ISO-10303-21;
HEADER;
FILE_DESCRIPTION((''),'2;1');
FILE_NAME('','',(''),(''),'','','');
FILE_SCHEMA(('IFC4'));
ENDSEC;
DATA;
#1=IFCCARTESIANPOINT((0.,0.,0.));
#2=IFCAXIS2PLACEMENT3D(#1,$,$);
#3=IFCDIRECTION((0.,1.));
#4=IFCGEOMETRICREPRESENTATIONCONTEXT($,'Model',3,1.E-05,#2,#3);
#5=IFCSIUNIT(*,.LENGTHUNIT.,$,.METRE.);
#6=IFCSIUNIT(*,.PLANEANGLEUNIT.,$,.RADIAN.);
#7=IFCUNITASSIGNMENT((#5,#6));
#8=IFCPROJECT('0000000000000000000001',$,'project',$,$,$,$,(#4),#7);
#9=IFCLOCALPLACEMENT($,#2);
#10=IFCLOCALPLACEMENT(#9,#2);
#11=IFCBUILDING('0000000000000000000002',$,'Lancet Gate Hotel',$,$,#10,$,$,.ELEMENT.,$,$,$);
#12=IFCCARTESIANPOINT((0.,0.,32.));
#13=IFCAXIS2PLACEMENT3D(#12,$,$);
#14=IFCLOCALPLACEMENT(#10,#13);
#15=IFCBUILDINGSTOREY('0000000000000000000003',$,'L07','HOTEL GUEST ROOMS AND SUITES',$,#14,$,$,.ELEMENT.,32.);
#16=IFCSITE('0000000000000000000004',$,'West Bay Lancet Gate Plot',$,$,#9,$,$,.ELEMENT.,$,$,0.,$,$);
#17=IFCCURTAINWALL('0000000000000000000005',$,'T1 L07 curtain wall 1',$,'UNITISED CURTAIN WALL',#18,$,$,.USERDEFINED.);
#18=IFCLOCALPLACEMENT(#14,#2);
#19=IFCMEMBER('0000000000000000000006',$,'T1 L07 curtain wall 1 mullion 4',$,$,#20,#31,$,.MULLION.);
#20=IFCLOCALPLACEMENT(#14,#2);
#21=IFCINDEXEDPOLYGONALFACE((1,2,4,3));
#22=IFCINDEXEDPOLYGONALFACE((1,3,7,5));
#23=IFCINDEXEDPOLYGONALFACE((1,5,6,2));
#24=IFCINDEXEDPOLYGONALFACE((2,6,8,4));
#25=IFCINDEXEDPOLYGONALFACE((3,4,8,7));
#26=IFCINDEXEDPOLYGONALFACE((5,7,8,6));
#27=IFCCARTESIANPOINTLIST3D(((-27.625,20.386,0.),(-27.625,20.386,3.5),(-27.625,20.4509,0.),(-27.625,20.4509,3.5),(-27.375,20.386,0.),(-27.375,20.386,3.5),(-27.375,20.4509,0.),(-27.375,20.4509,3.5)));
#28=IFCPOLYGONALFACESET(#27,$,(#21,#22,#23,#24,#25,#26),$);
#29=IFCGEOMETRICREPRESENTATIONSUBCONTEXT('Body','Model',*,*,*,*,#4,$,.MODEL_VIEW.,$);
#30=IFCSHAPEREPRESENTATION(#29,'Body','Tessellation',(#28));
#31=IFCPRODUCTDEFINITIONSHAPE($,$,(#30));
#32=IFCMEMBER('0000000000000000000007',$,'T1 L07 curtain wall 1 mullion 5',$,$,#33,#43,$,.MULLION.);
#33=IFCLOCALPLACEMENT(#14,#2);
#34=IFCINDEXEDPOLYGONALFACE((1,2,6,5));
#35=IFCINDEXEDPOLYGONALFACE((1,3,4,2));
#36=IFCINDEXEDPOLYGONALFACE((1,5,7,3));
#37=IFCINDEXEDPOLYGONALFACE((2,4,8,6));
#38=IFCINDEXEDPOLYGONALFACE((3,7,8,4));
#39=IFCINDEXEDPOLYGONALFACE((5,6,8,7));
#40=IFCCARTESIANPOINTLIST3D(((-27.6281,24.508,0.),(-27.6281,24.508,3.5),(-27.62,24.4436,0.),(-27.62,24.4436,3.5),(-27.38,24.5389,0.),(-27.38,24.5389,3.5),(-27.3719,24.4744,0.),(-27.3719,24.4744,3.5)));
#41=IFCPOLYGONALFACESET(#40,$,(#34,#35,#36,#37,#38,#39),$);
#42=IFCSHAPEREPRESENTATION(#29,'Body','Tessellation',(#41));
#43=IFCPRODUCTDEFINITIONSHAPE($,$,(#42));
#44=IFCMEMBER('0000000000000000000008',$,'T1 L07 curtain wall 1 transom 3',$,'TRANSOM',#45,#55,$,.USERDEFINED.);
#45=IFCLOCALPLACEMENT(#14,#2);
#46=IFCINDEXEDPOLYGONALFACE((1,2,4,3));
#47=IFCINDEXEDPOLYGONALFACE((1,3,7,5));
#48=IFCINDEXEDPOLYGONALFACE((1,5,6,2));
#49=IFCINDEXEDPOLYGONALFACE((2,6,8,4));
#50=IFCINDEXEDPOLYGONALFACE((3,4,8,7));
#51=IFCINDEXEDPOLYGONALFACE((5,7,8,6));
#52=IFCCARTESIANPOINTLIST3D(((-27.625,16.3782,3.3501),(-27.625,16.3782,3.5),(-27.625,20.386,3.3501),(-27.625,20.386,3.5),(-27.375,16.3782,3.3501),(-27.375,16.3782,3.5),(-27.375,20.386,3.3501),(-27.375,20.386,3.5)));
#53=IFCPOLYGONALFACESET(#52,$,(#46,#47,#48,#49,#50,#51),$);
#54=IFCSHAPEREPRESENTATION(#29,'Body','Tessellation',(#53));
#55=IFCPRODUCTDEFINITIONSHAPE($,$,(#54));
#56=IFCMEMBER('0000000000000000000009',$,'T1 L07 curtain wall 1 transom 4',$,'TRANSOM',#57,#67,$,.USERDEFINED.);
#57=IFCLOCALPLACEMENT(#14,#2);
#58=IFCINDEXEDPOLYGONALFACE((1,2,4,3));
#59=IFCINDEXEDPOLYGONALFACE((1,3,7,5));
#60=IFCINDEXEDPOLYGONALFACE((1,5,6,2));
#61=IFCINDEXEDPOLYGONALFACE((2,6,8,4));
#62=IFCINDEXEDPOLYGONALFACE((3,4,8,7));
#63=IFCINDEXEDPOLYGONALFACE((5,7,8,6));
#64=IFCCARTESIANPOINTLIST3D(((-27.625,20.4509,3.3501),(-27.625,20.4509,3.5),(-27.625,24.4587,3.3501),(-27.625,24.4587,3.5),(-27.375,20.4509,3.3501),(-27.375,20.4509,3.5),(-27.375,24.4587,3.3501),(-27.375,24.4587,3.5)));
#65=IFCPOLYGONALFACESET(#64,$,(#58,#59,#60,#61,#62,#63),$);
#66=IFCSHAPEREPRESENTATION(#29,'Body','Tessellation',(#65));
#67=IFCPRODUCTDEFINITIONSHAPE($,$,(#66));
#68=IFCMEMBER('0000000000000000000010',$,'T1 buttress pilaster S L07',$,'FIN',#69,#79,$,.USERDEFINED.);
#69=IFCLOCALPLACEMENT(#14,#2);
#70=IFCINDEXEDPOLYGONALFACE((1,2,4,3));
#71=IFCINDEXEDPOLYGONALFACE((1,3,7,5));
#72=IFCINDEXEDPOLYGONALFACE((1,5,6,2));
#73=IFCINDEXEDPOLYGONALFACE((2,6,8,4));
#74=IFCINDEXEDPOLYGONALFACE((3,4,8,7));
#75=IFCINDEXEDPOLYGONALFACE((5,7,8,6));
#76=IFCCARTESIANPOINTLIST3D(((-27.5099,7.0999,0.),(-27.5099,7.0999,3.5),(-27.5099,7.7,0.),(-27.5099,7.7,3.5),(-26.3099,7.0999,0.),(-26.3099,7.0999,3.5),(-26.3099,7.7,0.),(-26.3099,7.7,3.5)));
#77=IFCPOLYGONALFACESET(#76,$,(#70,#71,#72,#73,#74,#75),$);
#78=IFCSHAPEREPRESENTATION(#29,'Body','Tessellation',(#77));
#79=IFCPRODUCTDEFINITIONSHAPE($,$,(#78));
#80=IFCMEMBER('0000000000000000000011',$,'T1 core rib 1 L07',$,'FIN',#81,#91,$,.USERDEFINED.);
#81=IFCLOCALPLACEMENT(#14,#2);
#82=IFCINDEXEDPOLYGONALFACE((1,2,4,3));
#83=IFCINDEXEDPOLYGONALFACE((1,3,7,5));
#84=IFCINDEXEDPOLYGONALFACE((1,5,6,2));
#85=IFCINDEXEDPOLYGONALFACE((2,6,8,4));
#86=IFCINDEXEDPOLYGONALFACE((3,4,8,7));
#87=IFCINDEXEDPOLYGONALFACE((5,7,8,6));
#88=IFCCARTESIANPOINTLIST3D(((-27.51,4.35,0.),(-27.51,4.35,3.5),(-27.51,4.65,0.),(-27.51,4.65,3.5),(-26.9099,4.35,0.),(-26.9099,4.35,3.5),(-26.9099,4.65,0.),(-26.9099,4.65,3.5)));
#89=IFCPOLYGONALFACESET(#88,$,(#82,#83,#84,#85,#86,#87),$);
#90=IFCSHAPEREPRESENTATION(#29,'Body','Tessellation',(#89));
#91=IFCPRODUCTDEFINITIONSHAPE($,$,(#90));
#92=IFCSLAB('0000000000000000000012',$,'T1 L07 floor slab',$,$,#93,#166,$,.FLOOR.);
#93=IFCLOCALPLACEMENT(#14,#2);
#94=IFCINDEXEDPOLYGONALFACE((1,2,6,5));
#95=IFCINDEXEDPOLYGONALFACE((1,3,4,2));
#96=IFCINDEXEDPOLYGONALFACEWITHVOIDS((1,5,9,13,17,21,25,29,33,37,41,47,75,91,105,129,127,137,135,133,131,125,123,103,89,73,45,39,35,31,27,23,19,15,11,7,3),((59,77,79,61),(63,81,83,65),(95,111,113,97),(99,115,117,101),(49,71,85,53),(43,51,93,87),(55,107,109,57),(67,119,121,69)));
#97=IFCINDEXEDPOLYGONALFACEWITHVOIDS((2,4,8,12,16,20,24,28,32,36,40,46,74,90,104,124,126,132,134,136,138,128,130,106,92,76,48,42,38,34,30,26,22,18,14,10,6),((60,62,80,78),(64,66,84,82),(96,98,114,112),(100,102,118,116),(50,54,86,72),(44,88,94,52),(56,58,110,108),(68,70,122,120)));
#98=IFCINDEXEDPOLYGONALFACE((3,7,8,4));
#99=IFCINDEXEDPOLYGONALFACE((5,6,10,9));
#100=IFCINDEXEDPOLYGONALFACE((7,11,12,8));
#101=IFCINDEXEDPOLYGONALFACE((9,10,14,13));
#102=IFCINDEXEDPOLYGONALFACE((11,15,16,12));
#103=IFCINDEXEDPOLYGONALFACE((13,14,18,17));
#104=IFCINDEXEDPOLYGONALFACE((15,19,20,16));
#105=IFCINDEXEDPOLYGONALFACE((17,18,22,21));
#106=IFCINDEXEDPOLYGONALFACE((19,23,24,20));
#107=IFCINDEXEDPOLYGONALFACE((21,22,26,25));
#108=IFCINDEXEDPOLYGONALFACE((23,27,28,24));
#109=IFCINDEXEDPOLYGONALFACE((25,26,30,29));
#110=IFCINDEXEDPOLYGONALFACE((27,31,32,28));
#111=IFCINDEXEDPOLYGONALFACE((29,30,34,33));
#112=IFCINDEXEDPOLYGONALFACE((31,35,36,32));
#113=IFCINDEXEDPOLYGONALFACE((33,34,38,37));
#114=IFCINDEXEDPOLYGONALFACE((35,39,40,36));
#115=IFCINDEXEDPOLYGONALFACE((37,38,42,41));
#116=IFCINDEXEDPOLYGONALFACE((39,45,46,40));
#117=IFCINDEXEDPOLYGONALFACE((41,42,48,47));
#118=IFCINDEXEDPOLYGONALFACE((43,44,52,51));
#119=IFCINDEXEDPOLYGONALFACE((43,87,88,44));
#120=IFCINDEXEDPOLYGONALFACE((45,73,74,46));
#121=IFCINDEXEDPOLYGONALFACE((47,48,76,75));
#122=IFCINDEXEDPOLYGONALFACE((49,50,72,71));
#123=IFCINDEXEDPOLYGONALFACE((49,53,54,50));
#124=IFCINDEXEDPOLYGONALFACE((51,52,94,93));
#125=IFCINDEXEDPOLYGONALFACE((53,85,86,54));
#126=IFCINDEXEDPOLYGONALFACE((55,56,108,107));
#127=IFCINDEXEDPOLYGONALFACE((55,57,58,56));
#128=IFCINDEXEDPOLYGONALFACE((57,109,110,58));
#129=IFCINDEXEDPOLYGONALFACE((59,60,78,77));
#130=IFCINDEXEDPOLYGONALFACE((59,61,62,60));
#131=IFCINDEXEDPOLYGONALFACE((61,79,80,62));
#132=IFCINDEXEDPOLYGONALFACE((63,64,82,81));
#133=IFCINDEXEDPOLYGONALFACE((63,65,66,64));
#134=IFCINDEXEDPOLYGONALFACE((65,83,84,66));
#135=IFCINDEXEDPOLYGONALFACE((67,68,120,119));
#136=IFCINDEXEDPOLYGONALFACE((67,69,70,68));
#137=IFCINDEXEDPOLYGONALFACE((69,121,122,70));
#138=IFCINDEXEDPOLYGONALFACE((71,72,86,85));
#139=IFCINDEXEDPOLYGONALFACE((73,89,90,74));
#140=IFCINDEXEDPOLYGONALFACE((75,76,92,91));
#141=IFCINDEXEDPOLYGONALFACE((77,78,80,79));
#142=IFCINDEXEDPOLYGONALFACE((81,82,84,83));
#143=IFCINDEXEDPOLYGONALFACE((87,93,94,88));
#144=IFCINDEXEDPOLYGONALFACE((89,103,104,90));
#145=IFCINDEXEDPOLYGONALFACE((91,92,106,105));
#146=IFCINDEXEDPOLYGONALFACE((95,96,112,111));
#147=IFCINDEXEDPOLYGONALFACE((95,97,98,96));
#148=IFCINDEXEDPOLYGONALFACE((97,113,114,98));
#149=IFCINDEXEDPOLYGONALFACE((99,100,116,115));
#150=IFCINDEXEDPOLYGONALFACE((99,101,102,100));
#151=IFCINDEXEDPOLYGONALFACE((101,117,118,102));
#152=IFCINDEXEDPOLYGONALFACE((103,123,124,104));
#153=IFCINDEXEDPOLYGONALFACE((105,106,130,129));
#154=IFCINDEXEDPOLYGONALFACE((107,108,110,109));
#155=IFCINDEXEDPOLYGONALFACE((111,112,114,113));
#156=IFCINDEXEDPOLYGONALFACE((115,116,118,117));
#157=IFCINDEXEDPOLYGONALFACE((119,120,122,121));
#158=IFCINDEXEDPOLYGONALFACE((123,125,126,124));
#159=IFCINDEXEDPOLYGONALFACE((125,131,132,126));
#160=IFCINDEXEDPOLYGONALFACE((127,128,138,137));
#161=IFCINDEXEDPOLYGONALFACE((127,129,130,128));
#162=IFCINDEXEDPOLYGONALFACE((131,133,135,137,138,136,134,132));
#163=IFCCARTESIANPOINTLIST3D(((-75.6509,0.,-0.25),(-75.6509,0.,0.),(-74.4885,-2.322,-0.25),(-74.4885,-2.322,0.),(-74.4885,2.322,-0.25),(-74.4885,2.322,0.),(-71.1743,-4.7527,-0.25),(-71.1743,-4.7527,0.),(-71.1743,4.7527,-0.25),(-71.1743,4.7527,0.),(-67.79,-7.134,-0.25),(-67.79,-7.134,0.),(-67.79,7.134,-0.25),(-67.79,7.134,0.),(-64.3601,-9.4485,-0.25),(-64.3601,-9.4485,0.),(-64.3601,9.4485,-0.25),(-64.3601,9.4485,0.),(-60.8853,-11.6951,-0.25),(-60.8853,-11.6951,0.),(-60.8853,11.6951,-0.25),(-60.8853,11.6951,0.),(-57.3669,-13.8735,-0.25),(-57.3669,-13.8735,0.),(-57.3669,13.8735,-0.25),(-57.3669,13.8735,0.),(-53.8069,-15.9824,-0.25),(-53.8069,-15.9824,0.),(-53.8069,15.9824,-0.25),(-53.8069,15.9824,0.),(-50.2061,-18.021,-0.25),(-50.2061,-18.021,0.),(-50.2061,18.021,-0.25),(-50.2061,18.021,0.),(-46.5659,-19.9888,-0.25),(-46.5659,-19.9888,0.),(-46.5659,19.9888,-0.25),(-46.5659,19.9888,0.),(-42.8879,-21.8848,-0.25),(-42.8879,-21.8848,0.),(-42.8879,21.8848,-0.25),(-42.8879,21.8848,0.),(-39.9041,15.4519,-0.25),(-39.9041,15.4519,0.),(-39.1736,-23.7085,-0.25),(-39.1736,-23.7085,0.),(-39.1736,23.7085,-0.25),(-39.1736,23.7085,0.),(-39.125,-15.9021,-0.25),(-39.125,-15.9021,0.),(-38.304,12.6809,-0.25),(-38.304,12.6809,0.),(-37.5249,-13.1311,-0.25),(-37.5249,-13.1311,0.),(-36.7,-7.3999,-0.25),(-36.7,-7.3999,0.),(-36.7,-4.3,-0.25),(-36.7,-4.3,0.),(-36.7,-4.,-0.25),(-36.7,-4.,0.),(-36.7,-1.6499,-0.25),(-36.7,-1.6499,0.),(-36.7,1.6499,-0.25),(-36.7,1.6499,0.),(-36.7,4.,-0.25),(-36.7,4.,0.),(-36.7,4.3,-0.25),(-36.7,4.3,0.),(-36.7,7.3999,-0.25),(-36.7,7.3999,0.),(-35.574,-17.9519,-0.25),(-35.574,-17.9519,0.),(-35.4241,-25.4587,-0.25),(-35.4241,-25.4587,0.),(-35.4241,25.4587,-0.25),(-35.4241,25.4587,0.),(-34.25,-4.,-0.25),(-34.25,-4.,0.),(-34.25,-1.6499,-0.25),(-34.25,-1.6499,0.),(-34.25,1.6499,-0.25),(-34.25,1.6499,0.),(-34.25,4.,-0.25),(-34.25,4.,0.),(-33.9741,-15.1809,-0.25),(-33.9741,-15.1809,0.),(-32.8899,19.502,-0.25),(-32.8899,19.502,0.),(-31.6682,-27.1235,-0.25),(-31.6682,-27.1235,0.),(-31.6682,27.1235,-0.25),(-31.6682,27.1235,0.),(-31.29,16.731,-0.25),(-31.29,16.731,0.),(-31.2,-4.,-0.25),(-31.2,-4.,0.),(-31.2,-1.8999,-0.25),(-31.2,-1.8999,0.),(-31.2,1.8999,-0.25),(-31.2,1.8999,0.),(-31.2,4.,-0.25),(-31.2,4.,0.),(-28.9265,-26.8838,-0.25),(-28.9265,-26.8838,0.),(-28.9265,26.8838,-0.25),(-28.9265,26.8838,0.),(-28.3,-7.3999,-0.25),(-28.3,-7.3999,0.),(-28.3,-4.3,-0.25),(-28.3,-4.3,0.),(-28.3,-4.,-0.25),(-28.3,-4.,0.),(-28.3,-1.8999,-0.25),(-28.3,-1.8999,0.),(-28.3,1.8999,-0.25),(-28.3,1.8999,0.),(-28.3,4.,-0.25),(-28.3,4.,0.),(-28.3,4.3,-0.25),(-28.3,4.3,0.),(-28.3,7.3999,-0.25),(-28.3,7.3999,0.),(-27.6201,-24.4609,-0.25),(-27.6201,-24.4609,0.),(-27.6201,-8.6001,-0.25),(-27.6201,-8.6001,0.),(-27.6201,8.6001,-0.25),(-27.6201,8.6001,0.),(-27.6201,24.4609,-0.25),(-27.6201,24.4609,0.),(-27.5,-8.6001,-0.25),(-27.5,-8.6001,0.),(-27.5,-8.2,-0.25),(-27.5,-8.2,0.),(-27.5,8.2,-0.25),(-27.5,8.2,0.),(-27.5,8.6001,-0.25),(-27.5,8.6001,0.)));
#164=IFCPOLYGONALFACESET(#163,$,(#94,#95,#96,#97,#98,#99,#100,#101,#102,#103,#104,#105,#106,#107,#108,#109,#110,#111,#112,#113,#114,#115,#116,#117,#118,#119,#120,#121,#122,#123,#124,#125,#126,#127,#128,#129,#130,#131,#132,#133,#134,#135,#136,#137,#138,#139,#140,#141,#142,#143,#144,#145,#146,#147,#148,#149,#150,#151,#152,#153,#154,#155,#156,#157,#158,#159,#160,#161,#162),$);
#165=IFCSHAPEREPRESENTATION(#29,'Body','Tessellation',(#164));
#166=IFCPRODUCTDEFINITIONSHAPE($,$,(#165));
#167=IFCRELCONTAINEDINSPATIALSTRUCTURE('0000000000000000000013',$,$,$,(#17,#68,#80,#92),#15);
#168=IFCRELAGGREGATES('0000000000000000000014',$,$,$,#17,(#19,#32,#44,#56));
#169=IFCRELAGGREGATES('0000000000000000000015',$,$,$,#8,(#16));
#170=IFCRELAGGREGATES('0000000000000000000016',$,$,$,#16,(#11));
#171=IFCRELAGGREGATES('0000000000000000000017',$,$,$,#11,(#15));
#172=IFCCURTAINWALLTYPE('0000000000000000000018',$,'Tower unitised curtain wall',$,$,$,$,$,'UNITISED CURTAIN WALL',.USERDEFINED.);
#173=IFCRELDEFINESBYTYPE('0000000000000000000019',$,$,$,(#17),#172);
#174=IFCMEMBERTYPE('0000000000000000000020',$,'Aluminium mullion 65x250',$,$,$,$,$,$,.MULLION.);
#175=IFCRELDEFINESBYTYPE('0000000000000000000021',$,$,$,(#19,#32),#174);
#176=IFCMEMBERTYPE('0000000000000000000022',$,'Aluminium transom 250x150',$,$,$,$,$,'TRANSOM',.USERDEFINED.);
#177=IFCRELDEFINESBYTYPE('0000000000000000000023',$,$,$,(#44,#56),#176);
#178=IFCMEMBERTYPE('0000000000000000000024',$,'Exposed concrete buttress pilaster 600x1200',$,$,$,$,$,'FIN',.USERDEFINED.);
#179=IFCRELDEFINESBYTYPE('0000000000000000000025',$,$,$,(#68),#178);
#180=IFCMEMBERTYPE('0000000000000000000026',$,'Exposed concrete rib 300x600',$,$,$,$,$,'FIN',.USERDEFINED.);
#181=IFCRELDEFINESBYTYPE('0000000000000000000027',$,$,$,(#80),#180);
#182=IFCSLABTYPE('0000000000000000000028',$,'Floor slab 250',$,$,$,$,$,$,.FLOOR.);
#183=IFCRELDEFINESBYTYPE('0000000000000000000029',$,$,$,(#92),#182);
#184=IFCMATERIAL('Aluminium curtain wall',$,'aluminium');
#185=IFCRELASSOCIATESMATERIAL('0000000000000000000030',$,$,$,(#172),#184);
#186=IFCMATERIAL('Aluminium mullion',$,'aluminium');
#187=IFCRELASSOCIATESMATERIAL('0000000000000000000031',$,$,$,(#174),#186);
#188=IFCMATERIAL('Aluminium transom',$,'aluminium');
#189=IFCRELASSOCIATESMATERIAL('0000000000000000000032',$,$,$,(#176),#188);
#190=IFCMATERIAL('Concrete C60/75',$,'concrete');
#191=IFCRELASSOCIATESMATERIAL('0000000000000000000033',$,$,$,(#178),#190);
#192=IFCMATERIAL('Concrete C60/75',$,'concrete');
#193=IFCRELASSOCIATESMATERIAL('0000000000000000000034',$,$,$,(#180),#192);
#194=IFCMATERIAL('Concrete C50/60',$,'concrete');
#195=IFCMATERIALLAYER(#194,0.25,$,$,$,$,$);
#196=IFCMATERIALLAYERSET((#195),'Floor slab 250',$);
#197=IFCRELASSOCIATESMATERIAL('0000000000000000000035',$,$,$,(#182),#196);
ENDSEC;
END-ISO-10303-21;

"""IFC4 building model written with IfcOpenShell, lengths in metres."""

from ifc_helpers import new_model, si_unit, direction, frame, origin, origin_2d, place, context, subcontext, project, spatial, polyline, rectangle, outline, extrude, material, layer, layer_set, material_profile, profile_set, type_object, element, aggregate, save


model = new_model("IFC4")

# Units and contexts
model_context = context("Model", 3, precision=1e-05, world=origin(), true_north=direction((0.0, 1.0)))
body_context = subcontext(model_context, "Body", "Model", "MODEL_VIEW")
ifc_project = project(units=[si_unit("LENGTHUNIT", "METRE"), si_unit("PLANEANGLEUNIT", "RADIAN")], contexts=[model_context])

# Site, building, storey
site_placement = place(None, origin())
site = spatial("IfcSite", under=ifc_project, at=site_placement, Name="West Bay Lancet Gate Plot", CompositionType="ELEMENT", RefElevation=0.0)
building_placement = place(site_placement, origin())
building = spatial("IfcBuilding", under=site, at=building_placement, Name="Lancet Gate Hotel", CompositionType="ELEMENT")
storey_placement = place(building_placement, frame((0.0, 0.0, 32.0)))
storey = spatial("IfcBuildingStorey", under=building, at=storey_placement, Name="L07", Description="HOTEL GUEST ROOMS AND SUITES", CompositionType="ELEMENT", Elevation=32.0)

# Curtain wall, members
ifc_material_1 = material(Name="Aluminium curtain wall", Category="aluminium")
curtain_wall_type = type_object("IfcCurtainWallType", Name="Tower unitised curtain wall", ElementType="UNITISED CURTAIN WALL", PredefinedType="USERDEFINED", material=ifc_material_1)
curtain_wall_placement = place(storey_placement, origin())
curtain_wall = element("IfcCurtainWall", 1, at=curtain_wall_placement, inside=storey, type_object=curtain_wall_type, Name="T1 L07 curtain wall 1", ObjectType="UNITISED CURTAIN WALL", PredefinedType="USERDEFINED")
ifc_material_2 = material(Name="Aluminium mullion", Category="aluminium")
ifc_material_profile_1 = material_profile(ifc_material_2, rectangle(XDim=0.0649, YDim=0.25, at=origin_2d()), Name="MULLION 65x250")
ifc_profile_set_1 = profile_set([ifc_material_profile_1], Name="Aluminium mullion")
member_type_1 = type_object("IfcMemberType", Name="Aluminium mullion 65x250", PredefinedType="MULLION", material=ifc_profile_set_1)
member_1_placement = place(storey_placement, frame((-27.5, 20.4185, 0.0), z_axis=(0.0, 0.0, 1.0), x_axis=(0.0, 1.0, 0.0)))
member_1 = element("IfcMember", 2, at=member_1_placement, type_object=member_type_1, Name="T1 L07 curtain wall 1 mullion 4", PredefinedType="MULLION", context=body_context, shape_type="SweptSolid", body=[
    extrude(rectangle(XDim=0.0649, YDim=0.25, at=origin_2d()), origin(), (0.0, 0.0, 1.0), 3.5),
])
member_2_placement = place(storey_placement, frame((-27.5, 24.4912, 0.0), z_axis=(0.0, 0.0, 1.0), x_axis=(-0.123483, 0.992347, 0.0)))
member_2 = element("IfcMember", 3, at=member_2_placement, type_object=member_type_1, Name="T1 L07 curtain wall 1 mullion 5", PredefinedType="MULLION", context=body_context, shape_type="SweptSolid", body=[
    extrude(rectangle(XDim=0.0649, YDim=0.25, at=origin_2d()), origin(), (0.0, 0.0, 1.0), 3.5),
])
ifc_material_3 = material(Name="Aluminium transom", Category="aluminium")
ifc_material_profile_2 = material_profile(ifc_material_3, rectangle(XDim=0.25, YDim=0.1499, at=origin_2d()), Name="TRANSOM 250x150")
ifc_profile_set_2 = profile_set([ifc_material_profile_2], Name="Aluminium transom")
member_type_2 = type_object("IfcMemberType", Name="Aluminium transom 250x150", ElementType="TRANSOM", PredefinedType="USERDEFINED", material=ifc_profile_set_2)
member_3_placement = place(storey_placement, frame((-27.5, 16.3782, 3.425), z_axis=(0.0, 1.0, 0.0), x_axis=(-1.0, 0.0, 0.0)))
member_3 = element("IfcMember", 4, at=member_3_placement, type_object=member_type_2, Name="T1 L07 curtain wall 1 transom 3", ObjectType="TRANSOM", PredefinedType="USERDEFINED", context=body_context, shape_type="SweptSolid", body=[
    extrude(rectangle(XDim=0.25, YDim=0.1499, at=origin_2d()), origin(), (0.0, 0.0, 1.0), 4.0078),
])
member_4_placement = place(storey_placement, frame((-27.5, 20.4509, 3.425), z_axis=(0.0, 1.0, 0.0), x_axis=(-1.0, 0.0, 0.0)))
member_4 = element("IfcMember", 5, at=member_4_placement, type_object=member_type_2, Name="T1 L07 curtain wall 1 transom 4", ObjectType="TRANSOM", PredefinedType="USERDEFINED", context=body_context, shape_type="SweptSolid", body=[
    extrude(rectangle(XDim=0.25, YDim=0.1499, at=origin_2d()), origin(), (0.0, 0.0, 1.0), 4.0078),
])

# Members
ifc_material_4 = material(Name="Concrete C60/75", Category="concrete")
ifc_material_profile_3 = material_profile(ifc_material_4, rectangle(XDim=0.6001, YDim=1.2, at=origin_2d()), Name="FIN 600x1200")
ifc_profile_set_3 = profile_set([ifc_material_profile_3], Name="Concrete C60/75")
member_type_3 = type_object("IfcMemberType", Name="Exposed concrete buttress pilaster 600x1200", ElementType="FIN", PredefinedType="USERDEFINED", material=ifc_profile_set_3)
member_5_placement = place(storey_placement, frame((-26.9099, 7.3999, 0.0), z_axis=(0.0, 0.0, 1.0), x_axis=(0.0, 1.0, 0.0)))
element("IfcMember", 6, at=member_5_placement, inside=storey, type_object=member_type_3, Name="T1 buttress pilaster S L07", ObjectType="FIN", PredefinedType="USERDEFINED", context=body_context, shape_type="SweptSolid", body=[
    extrude(rectangle(XDim=0.6001, YDim=1.2, at=origin_2d()), origin(), (0.0, 0.0, 1.0), 3.5),
])
ifc_material_5 = material(Name="Concrete C60/75", Category="concrete")
ifc_material_profile_4 = material_profile(ifc_material_5, rectangle(XDim=0.3, YDim=0.6001, at=origin_2d()), Name="FIN 300x600")
ifc_profile_set_4 = profile_set([ifc_material_profile_4], Name="Concrete C60/75")
member_type_4 = type_object("IfcMemberType", Name="Exposed concrete rib 300x600", ElementType="FIN", PredefinedType="USERDEFINED", material=ifc_profile_set_4)
member_6_placement = place(storey_placement, frame((-27.21, 4.5, 0.0), z_axis=(0.0, 0.0, 1.0), x_axis=(0.0, 1.0, 0.0)))
element("IfcMember", 7, at=member_6_placement, inside=storey, type_object=member_type_4, Name="T1 core rib 1 L07", ObjectType="FIN", PredefinedType="USERDEFINED", context=body_context, shape_type="SweptSolid", body=[
    extrude(rectangle(XDim=0.3, YDim=0.6001, at=origin_2d()), origin(), (0.0, 0.0, 1.0), 3.5),
])

# Slab
ifc_material_6 = material(Name="Concrete C50/60", Category="concrete")
ifc_layer_1 = layer(ifc_material_6, 0.25)
ifc_layer_set_1 = layer_set([ifc_layer_1], Name="Floor slab 250")
slab_type_1 = type_object("IfcSlabType", Name="Floor slab 250", PredefinedType="FLOOR", material=ifc_layer_set_1)
slab_1_placement = place(storey_placement, frame((0.0, 0.0, -0.25)))
element("IfcSlab", 8, at=slab_1_placement, inside=storey, type_object=slab_type_1, Name="T1 L07 floor slab", PredefinedType="FLOOR", context=body_context, shape_type="SweptSolid", body=[
    extrude(outline(polyline([(-27.5, 8.6001), (-27.6201, 8.6001), (-27.6201, 24.4609), (-28.9265, 26.8838), (-31.6682, 27.1235), (-35.4241, 25.4587), (-39.1736, 23.7085), (-42.8879, 21.8848), (-46.5659, 19.9888), (-50.2061, 18.021), (-53.8069, 15.9824), (-57.3669, 13.8735), (-60.8853, 11.6951), (-64.3601, 9.4485), (-67.79, 7.134), (-71.1743, 4.7527), (-74.4885, 2.322), (-75.6509, 0.0), (-74.4885, -2.322), (-71.1743, -4.7527), (-67.79, -7.134), (-64.3601, -9.4485), (-60.8853, -11.6951), (-57.3669, -13.8735), (-53.8069, -15.9824), (-50.2061, -18.021), (-46.5659, -19.9888), (-42.8879, -21.8848), (-39.1736, -23.7085), (-35.4241, -25.4587), (-31.6682, -27.1235), (-28.9265, -26.8838), (-27.6201, -24.4609), (-27.6201, -8.6001), (-27.5, -8.6001), (-27.5, -8.2), (-27.5, 8.2), (-27.5, 8.6001)]), holes=[polyline([(-36.7, 7.3999), (-36.7, 4.3), (-28.3, 4.3), (-28.3, 7.3999), (-36.7, 7.3999)]), polyline([(-28.3, 4.0), (-31.2, 4.0), (-31.2, 1.8999), (-28.3, 1.8999), (-28.3, 4.0)]), polyline([(-34.25, 4.0), (-36.7, 4.0), (-36.7, 1.6499), (-34.25, 1.6499), (-34.25, 4.0)]), polyline([(-36.7, -1.6499), (-36.7, -4.0), (-34.25, -4.0), (-34.25, -1.6499), (-36.7, -1.6499)]), polyline([(-28.3, -1.8999), (-31.2, -1.8999), (-31.2, -4.0), (-28.3, -4.0), (-28.3, -1.8999)]), polyline([(-28.3, -4.3), (-36.7, -4.3), (-36.7, -7.3999), (-28.3, -7.3999), (-28.3, -4.3)]), polyline([(-31.29, 16.731), (-32.8899, 19.502), (-39.9041, 15.4519), (-38.304, 12.6809), (-31.29, 16.731)]), polyline([(-33.9741, -15.1809), (-37.5249, -13.1311), (-39.125, -15.9021), (-35.574, -17.9519), (-33.9741, -15.1809)])]), origin(), (0.0, 0.0, 1.0), 0.25),
])

aggregate(curtain_wall, [member_1, member_2, member_3, member_4])

save(model, "model.ifc")
